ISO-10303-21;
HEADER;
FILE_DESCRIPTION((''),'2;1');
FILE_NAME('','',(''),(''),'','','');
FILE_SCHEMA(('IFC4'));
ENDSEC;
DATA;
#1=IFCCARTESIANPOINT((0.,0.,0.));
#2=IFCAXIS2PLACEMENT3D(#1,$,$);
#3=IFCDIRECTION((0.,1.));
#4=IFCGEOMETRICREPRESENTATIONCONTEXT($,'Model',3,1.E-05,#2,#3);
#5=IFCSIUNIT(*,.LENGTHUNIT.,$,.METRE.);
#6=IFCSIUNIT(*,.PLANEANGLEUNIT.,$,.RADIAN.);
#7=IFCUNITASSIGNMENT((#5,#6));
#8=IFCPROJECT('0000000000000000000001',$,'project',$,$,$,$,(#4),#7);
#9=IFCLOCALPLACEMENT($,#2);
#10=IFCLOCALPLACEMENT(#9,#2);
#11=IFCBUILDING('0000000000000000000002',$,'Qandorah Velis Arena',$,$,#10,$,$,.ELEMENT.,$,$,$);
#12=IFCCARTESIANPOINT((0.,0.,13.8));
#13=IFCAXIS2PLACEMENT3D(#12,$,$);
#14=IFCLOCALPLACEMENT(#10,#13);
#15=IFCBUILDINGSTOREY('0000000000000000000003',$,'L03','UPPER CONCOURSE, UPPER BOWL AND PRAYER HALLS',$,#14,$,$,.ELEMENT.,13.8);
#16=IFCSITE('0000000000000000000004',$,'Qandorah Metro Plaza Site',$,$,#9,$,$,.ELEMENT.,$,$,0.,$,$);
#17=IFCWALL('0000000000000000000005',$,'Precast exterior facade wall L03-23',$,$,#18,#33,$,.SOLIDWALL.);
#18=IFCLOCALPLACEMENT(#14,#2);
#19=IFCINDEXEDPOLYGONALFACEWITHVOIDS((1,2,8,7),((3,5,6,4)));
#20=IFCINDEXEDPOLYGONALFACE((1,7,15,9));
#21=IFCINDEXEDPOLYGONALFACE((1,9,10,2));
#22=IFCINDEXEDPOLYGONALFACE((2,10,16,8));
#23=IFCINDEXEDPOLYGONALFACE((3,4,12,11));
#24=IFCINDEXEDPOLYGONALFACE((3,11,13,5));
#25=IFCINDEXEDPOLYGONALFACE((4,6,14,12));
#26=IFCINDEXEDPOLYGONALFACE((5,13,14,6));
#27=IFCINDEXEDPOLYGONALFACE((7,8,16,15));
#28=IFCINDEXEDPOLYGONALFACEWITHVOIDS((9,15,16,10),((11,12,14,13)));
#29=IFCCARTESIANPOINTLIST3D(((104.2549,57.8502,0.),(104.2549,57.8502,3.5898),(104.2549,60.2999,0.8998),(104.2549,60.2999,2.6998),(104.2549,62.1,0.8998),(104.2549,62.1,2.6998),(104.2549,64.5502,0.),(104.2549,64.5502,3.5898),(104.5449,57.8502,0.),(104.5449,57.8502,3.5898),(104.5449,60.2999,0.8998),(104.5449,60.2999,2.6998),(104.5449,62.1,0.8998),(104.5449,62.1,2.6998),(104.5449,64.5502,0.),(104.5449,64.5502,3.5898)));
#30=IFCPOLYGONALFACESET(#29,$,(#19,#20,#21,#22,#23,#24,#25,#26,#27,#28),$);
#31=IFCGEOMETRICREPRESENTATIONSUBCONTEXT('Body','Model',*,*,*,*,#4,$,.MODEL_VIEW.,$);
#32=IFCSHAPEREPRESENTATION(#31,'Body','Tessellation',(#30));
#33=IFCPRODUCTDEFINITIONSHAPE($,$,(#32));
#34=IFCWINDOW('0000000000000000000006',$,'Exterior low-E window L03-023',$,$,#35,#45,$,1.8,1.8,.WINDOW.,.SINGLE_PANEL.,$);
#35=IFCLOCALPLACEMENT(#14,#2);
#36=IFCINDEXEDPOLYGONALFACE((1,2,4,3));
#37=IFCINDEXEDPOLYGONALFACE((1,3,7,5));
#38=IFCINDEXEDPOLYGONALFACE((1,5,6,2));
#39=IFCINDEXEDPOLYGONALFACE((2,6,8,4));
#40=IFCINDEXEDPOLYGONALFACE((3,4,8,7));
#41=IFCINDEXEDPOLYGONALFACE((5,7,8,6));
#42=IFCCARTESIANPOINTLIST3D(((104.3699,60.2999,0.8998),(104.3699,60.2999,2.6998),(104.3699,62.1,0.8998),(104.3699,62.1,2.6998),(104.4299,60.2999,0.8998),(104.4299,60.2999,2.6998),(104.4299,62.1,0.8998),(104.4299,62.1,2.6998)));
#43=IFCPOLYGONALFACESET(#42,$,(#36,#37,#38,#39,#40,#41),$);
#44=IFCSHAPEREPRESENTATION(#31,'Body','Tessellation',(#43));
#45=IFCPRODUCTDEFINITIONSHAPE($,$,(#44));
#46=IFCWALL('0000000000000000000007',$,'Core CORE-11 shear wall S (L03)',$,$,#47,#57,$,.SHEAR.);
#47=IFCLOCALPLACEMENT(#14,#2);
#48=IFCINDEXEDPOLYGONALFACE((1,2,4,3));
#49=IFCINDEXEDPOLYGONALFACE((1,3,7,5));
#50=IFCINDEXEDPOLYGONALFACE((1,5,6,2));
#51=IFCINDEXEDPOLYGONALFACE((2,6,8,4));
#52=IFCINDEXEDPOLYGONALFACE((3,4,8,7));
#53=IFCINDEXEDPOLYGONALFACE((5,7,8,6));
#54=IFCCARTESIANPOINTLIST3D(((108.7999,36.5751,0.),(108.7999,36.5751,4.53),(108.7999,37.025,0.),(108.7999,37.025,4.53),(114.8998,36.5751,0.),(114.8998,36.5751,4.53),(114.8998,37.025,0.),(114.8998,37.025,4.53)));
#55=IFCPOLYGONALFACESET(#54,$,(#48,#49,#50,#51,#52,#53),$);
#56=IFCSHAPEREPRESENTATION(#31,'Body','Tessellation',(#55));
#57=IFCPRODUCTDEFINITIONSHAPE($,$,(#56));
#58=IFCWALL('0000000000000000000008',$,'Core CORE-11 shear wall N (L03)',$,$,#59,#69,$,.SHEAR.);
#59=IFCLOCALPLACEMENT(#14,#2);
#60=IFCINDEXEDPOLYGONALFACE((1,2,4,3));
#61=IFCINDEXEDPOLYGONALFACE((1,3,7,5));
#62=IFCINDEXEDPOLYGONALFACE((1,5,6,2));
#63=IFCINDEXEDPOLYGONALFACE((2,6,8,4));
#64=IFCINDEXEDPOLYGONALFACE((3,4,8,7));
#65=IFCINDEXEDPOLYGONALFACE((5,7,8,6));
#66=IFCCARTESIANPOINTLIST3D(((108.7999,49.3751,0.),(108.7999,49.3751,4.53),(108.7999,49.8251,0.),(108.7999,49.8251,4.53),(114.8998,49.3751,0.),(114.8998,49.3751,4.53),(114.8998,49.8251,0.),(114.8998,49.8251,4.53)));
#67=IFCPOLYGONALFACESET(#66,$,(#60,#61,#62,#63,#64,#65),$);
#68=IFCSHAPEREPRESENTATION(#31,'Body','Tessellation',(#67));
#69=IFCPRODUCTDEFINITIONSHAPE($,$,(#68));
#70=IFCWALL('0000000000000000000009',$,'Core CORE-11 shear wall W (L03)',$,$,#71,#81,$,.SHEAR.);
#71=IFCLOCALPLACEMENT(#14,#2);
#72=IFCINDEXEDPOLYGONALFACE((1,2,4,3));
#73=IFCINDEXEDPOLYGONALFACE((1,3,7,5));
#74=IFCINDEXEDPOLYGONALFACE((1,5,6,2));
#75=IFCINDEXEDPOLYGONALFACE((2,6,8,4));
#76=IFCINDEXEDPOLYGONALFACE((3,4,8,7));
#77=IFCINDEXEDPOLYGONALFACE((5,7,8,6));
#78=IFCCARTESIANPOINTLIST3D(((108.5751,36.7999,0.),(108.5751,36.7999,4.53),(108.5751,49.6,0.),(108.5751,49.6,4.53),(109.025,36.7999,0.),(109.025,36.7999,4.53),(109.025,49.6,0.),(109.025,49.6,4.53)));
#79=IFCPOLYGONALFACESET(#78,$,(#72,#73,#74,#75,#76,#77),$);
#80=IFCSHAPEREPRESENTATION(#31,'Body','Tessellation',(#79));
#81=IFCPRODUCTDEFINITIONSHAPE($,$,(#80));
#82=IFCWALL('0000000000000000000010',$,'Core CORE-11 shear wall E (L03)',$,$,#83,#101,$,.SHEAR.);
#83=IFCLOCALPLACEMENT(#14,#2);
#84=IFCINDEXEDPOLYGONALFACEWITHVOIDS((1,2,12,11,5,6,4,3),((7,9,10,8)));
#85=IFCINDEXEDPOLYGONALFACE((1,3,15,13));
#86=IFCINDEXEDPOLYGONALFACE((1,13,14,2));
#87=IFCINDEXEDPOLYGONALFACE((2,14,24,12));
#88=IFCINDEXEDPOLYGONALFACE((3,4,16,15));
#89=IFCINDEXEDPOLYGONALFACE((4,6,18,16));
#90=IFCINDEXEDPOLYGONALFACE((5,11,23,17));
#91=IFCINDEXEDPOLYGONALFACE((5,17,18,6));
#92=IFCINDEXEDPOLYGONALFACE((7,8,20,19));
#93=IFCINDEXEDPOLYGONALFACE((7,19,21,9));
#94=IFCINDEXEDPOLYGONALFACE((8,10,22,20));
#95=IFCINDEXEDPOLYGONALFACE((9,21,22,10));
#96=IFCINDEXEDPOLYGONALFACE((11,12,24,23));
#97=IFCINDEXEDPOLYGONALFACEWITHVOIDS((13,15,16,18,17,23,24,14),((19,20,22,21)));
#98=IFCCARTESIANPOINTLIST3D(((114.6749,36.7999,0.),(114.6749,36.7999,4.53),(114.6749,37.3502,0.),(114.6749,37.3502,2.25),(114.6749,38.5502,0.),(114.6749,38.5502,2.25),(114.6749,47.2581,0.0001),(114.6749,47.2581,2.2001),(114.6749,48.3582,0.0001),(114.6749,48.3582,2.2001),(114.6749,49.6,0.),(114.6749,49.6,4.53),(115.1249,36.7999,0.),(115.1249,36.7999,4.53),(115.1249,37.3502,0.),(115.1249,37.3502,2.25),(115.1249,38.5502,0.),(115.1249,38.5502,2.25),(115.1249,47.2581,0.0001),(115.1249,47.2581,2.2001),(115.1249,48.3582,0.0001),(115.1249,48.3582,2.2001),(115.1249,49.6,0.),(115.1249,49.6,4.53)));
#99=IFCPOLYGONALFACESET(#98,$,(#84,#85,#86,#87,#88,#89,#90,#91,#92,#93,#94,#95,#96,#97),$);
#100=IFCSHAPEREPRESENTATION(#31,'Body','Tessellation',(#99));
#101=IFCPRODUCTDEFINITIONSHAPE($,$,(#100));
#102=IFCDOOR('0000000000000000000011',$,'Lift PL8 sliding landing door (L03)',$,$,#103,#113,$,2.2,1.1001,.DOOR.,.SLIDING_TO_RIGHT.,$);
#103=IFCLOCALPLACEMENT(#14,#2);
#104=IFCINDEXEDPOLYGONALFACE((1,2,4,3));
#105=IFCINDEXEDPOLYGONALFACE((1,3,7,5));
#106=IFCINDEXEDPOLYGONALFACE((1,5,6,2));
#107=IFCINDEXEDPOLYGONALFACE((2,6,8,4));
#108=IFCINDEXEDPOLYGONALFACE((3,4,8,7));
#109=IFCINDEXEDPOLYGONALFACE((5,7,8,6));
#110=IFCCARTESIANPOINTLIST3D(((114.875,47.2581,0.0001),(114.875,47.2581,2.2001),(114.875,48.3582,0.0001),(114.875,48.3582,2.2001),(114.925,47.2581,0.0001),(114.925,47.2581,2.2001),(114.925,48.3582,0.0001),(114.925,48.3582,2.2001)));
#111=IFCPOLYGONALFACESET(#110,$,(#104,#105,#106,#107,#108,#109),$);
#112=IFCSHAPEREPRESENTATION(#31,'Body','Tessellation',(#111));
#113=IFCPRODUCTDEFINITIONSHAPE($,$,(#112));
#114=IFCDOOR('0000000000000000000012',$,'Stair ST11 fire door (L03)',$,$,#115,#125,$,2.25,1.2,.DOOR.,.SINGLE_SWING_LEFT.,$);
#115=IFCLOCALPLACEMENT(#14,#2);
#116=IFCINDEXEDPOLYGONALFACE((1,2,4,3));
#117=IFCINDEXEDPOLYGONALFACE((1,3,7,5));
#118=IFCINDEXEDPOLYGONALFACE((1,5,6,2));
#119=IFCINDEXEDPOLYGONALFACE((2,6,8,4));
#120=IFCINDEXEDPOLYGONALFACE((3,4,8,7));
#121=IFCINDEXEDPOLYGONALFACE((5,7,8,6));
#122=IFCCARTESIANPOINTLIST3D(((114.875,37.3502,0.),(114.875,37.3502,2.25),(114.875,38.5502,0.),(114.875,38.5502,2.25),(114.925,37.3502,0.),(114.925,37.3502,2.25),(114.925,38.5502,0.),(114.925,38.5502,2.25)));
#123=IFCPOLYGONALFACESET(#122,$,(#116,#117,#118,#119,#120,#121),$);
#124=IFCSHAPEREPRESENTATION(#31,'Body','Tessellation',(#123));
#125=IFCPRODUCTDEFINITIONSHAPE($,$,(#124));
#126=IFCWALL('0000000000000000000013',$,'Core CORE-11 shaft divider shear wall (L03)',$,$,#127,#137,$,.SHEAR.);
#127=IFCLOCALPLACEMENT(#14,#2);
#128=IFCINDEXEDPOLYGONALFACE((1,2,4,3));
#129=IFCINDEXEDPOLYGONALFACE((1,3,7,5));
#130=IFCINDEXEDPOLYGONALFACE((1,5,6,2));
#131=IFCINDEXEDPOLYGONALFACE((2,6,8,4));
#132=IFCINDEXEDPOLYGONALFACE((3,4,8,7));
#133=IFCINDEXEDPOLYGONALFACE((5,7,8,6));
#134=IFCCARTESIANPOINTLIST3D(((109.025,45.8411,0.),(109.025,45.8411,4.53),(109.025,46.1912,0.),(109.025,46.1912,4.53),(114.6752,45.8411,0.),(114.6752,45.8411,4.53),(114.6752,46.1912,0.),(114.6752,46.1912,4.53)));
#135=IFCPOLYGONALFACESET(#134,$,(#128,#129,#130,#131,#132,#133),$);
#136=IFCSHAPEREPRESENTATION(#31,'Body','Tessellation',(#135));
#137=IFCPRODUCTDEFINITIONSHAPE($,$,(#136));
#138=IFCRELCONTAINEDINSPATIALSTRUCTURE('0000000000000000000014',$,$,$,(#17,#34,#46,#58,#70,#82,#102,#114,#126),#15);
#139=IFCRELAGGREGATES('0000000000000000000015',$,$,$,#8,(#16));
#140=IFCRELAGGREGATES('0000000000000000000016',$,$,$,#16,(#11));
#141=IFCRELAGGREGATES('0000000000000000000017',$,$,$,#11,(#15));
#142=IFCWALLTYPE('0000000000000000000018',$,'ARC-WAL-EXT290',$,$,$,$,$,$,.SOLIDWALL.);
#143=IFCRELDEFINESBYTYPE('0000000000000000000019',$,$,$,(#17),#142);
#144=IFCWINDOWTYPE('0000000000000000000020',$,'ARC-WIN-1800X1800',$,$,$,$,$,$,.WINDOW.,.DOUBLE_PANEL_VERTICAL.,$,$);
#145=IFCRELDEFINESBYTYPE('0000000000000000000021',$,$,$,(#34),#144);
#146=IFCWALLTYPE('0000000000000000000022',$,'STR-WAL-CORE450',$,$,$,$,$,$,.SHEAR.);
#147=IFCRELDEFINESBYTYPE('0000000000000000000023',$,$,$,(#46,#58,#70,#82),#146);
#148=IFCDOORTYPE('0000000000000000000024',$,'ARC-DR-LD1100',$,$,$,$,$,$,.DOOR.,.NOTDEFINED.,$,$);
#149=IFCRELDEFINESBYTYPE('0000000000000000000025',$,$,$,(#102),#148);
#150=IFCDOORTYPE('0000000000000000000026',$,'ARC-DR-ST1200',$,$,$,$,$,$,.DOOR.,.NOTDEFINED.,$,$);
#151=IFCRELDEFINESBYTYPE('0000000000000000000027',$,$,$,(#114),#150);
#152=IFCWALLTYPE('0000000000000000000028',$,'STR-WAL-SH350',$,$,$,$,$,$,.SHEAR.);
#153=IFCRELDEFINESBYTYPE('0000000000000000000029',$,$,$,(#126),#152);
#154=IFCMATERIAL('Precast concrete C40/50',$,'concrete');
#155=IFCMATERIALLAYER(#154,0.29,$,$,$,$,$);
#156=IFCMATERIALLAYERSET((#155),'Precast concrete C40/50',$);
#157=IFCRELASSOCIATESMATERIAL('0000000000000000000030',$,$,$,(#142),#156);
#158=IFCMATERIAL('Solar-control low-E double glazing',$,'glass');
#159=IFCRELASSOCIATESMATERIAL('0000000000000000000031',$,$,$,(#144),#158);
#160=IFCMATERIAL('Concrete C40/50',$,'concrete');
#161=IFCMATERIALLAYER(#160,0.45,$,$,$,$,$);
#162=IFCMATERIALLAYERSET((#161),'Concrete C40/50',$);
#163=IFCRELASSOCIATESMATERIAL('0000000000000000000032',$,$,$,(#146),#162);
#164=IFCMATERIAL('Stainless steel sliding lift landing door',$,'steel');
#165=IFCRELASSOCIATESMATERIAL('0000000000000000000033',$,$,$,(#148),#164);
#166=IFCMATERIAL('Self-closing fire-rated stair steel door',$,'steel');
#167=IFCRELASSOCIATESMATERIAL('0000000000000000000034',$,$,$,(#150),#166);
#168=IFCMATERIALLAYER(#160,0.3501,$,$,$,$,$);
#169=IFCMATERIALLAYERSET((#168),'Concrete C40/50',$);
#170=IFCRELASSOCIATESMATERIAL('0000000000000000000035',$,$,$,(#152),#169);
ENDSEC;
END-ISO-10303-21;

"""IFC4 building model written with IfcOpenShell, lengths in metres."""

from ifc_helpers import new_model, si_unit, direction, frame, frame_2d, origin, place, context, subcontext, project, spatial, rectangle, extrude, material, layer, layer_set, type_object, element, fill, save


model = new_model("IFC4")

# Units and contexts
model_context = context("Model", 3, precision=1e-05, world=origin(), true_north=direction((0.0, 1.0)))
body_context = subcontext(model_context, "Body", "Model", "MODEL_VIEW")
ifc_project = project(units=[si_unit("LENGTHUNIT", "METRE"), si_unit("PLANEANGLEUNIT", "RADIAN")], contexts=[model_context])

# Site, building, storey
site_placement = place(None, origin())
site = spatial("IfcSite", under=ifc_project, at=site_placement, Name="Qandorah Metro Plaza Site", CompositionType="ELEMENT", RefElevation=0.0)
building_placement = place(site_placement, origin())
building = spatial("IfcBuilding", under=site, at=building_placement, Name="Qandorah Velis Arena", CompositionType="ELEMENT")
storey_placement = place(building_placement, frame((0.0, 0.0, 13.8)))
storey = spatial("IfcBuildingStorey", under=building, at=storey_placement, Name="L03", Description="UPPER CONCOURSE, UPPER BOWL AND PRAYER HALLS", CompositionType="ELEMENT", Elevation=13.8)

# Wall, opening, window
ifc_material_1 = material(Name="Precast concrete C40/50", Category="concrete")
ifc_layer_1 = layer(ifc_material_1, 0.29)
ifc_layer_set_1 = layer_set([ifc_layer_1], Name="Precast concrete C40/50")
wall_type_1 = type_object("IfcWallType", Name="ARC-WAL-EXT290", PredefinedType="SOLIDWALL", material=ifc_layer_set_1)
wall_1_placement = place(storey_placement, frame((104.3999, 57.8501, 0.0), z_axis=(0.0, 0.0, 1.0), x_axis=(0.0, 1.0, 0.0)))
wall_1 = element("IfcWall", 1, at=wall_1_placement, inside=storey, type_object=wall_type_1, Name="Precast exterior facade wall L03-23", PredefinedType="SOLIDWALL", context=body_context, shape_type="SweptSolid", body=[
    extrude(rectangle(XDim=6.7, YDim=0.29, at=frame_2d((3.3501, 0.0))), origin(), (0.0, 0.0, 1.0), 3.5898),
])
opening_1_placement = place(wall_1_placement, frame((2.45, 0.0, 0.8999)))
opening_1 = element("IfcOpeningElement", 2, at=opening_1_placement, cuts=wall_1, PredefinedType="OPENING", context=body_context, shape_type="SweptSolid", body=[
    extrude(rectangle(XDim=1.8, YDim=1.8, at=frame_2d((0.8999, 0.8999))), frame((0.0, 0.155, 0.0), z_axis=(0.0, -1.0, 0.0), x_axis=(1.0, 0.0, 0.0)), (0.0, 0.0, 1.0), 0.3101),
])
ifc_material_2 = material(Name="Solar-control low-E double glazing", Category="glass")
window_type = type_object("IfcWindowType", Name="ARC-WIN-1800X1800", PartitioningType="DOUBLE_PANEL_VERTICAL", PredefinedType="WINDOW", material=ifc_material_2)
window_placement = place(opening_1_placement, origin())
window = element("IfcWindow", 3, at=window_placement, inside=storey, type_object=window_type, Name="Exterior low-E window L03-023", OverallHeight=1.8, OverallWidth=1.8, PartitioningType="SINGLE_PANEL", PredefinedType="WINDOW", context=body_context, shape_type="SweptSolid", body=[
    extrude(rectangle(XDim=1.8, YDim=1.8, at=frame_2d((0.8999, 0.8999))), frame((0.0, 0.03, 0.0), z_axis=(0.0, -1.0, 0.0), x_axis=(1.0, 0.0, 0.0)), (0.0, 0.0, 1.0), 0.0601),
])
fill(opening_1, window)

# Walls
ifc_material_3 = material(Name="Concrete C40/50", Category="concrete")
ifc_layer_2 = layer(ifc_material_3, 0.45)
ifc_layer_set_2 = layer_set([ifc_layer_2], Name="Concrete C40/50")
wall_type_2 = type_object("IfcWallType", Name="STR-WAL-CORE450", PredefinedType="SHEAR", material=ifc_layer_set_2)
for number, where, z_axis, x_axis, name in (
    (4, (108.8, 36.8, 0.0), (0.0, 0.0, 1.0), (1.0, 0.0, 0.0), "Core CORE-11 shear wall S (L03)"),
    (5, (108.8, 49.6001, 0.0), (0.0, 0.0, 1.0), (1.0, 0.0, 0.0), "Core CORE-11 shear wall N (L03)"),
):
    element("IfcWall", number, at=place(storey_placement, frame(where, z_axis=z_axis, x_axis=x_axis)), inside=storey, type_object=wall_type_2, Name=name, PredefinedType="SHEAR", context=body_context, shape_type="SweptSolid", body=[
        extrude(rectangle(XDim=6.0999, YDim=0.45, at=frame_2d((3.0498, 0.0))), origin(), (0.0, 0.0, 1.0), 4.53),
    ])
wall_2_placement = place(storey_placement, frame((108.8, 36.8, 0.0), z_axis=(0.0, 0.0, 1.0), x_axis=(0.0, 1.0, 0.0)))
element("IfcWall", 6, at=wall_2_placement, inside=storey, type_object=wall_type_2, Name="Core CORE-11 shear wall W (L03)", PredefinedType="SHEAR", context=body_context, shape_type="SweptSolid", body=[
    extrude(rectangle(XDim=12.8, YDim=0.45, at=frame_2d((6.3999, 0.0))), origin(), (0.0, 0.0, 1.0), 4.53),
])

# Wall, openings, doors
wall_3_placement = place(storey_placement, frame((114.8999, 36.8, 0.0), z_axis=(0.0, 0.0, 1.0), x_axis=(0.0, 1.0, 0.0)))
wall_3 = element("IfcWall", 7, at=wall_3_placement, inside=storey, type_object=wall_type_2, Name="Core CORE-11 shear wall E (L03)", PredefinedType="SHEAR", context=body_context, shape_type="SweptSolid", body=[
    extrude(rectangle(XDim=12.8, YDim=0.45, at=frame_2d((6.3999, 0.0))), origin(), (0.0, 0.0, 1.0), 4.53),
])
opening_2_placement = place(wall_3_placement, frame((0.55, 0.0, 0.0)))
opening_2 = element("IfcOpeningElement", 8, at=opening_2_placement, cuts=wall_3, PredefinedType="OPENING", context=body_context, shape_type="SweptSolid", body=[
    extrude(rectangle(XDim=1.2, YDim=2.25, at=frame_2d((0.6001, 1.125))), frame((0.0, 0.2349, 0.0), z_axis=(0.0, -1.0, 0.0), x_axis=(1.0, 0.0, 0.0)), (0.0, 0.0, 1.0), 0.47),
])
opening_3_placement = place(wall_3_placement, frame((10.458, 0.0, 0.0)))
opening_3 = element("IfcOpeningElement", 9, at=opening_3_placement, cuts=wall_3, PredefinedType="OPENING", context=body_context, shape_type="SweptSolid", body=[
    extrude(rectangle(XDim=1.1001, YDim=2.2, at=frame_2d((0.55, 1.1001))), frame((0.0, 0.2349, 0.0), z_axis=(0.0, -1.0, 0.0), x_axis=(1.0, 0.0, 0.0)), (0.0, 0.0, 1.0), 0.47),
])
ifc_material_4 = material(Name="Stainless steel sliding lift landing door", Category="steel")
door_type_1 = type_object("IfcDoorType", Name="ARC-DR-LD1100", OperationType="NOTDEFINED", PredefinedType="DOOR", material=ifc_material_4)
door_1_placement = place(opening_3_placement, origin())
door_1 = element("IfcDoor", 10, at=door_1_placement, inside=storey, type_object=door_type_1, Name="Lift PL8 sliding landing door (L03)", OperationType="SLIDING_TO_RIGHT", OverallHeight=2.2, OverallWidth=1.1001, PredefinedType="DOOR", context=body_context, shape_type="SweptSolid", body=[
    extrude(rectangle(XDim=1.1001, YDim=2.2, at=frame_2d((0.55, 1.1001))), frame((0.0, 0.0249, 0.0), z_axis=(0.0, -1.0, 0.0), x_axis=(1.0, 0.0, 0.0)), (0.0, 0.0, 1.0), 0.05),
])
fill(opening_3, door_1)
ifc_material_5 = material(Name="Self-closing fire-rated stair steel door", Category="steel")
door_type_2 = type_object("IfcDoorType", Name="ARC-DR-ST1200", OperationType="NOTDEFINED", PredefinedType="DOOR", material=ifc_material_5)
door_2_placement = place(opening_2_placement, origin())
door_2 = element("IfcDoor", 11, at=door_2_placement, inside=storey, type_object=door_type_2, Name="Stair ST11 fire door (L03)", OperationType="SINGLE_SWING_LEFT", OverallHeight=2.25, OverallWidth=1.2, PredefinedType="DOOR", context=body_context, shape_type="SweptSolid", body=[
    extrude(rectangle(XDim=1.2, YDim=2.25, at=frame_2d((0.6001, 1.125))), frame((0.0, 0.0249, 0.0), z_axis=(0.0, -1.0, 0.0), x_axis=(1.0, 0.0, 0.0)), (0.0, 0.0, 1.0), 0.05),
])
fill(opening_2, door_2)

# Wall
ifc_layer_3 = layer(ifc_material_3, 0.3501)
ifc_layer_set_3 = layer_set([ifc_layer_3], Name="Concrete C40/50")
wall_type_3 = type_object("IfcWallType", Name="STR-WAL-SH350", PredefinedType="SHEAR", material=ifc_layer_set_3)
wall_4_placement = place(storey_placement, frame((109.0249, 46.0161, 0.0), z_axis=(0.0, 0.0, 1.0), x_axis=(1.0, 0.0, 0.0)))
element("IfcWall", 12, at=wall_4_placement, inside=storey, type_object=wall_type_3, Name="Core CORE-11 shaft divider shear wall (L03)", PredefinedType="SHEAR", context=body_context, shape_type="SweptSolid", body=[
    extrude(rectangle(XDim=5.6501, YDim=0.3501, at=frame_2d((2.8252, 0.0))), origin(), (0.0, 0.0, 1.0), 4.53),
])

save(model, "model.ifc")
